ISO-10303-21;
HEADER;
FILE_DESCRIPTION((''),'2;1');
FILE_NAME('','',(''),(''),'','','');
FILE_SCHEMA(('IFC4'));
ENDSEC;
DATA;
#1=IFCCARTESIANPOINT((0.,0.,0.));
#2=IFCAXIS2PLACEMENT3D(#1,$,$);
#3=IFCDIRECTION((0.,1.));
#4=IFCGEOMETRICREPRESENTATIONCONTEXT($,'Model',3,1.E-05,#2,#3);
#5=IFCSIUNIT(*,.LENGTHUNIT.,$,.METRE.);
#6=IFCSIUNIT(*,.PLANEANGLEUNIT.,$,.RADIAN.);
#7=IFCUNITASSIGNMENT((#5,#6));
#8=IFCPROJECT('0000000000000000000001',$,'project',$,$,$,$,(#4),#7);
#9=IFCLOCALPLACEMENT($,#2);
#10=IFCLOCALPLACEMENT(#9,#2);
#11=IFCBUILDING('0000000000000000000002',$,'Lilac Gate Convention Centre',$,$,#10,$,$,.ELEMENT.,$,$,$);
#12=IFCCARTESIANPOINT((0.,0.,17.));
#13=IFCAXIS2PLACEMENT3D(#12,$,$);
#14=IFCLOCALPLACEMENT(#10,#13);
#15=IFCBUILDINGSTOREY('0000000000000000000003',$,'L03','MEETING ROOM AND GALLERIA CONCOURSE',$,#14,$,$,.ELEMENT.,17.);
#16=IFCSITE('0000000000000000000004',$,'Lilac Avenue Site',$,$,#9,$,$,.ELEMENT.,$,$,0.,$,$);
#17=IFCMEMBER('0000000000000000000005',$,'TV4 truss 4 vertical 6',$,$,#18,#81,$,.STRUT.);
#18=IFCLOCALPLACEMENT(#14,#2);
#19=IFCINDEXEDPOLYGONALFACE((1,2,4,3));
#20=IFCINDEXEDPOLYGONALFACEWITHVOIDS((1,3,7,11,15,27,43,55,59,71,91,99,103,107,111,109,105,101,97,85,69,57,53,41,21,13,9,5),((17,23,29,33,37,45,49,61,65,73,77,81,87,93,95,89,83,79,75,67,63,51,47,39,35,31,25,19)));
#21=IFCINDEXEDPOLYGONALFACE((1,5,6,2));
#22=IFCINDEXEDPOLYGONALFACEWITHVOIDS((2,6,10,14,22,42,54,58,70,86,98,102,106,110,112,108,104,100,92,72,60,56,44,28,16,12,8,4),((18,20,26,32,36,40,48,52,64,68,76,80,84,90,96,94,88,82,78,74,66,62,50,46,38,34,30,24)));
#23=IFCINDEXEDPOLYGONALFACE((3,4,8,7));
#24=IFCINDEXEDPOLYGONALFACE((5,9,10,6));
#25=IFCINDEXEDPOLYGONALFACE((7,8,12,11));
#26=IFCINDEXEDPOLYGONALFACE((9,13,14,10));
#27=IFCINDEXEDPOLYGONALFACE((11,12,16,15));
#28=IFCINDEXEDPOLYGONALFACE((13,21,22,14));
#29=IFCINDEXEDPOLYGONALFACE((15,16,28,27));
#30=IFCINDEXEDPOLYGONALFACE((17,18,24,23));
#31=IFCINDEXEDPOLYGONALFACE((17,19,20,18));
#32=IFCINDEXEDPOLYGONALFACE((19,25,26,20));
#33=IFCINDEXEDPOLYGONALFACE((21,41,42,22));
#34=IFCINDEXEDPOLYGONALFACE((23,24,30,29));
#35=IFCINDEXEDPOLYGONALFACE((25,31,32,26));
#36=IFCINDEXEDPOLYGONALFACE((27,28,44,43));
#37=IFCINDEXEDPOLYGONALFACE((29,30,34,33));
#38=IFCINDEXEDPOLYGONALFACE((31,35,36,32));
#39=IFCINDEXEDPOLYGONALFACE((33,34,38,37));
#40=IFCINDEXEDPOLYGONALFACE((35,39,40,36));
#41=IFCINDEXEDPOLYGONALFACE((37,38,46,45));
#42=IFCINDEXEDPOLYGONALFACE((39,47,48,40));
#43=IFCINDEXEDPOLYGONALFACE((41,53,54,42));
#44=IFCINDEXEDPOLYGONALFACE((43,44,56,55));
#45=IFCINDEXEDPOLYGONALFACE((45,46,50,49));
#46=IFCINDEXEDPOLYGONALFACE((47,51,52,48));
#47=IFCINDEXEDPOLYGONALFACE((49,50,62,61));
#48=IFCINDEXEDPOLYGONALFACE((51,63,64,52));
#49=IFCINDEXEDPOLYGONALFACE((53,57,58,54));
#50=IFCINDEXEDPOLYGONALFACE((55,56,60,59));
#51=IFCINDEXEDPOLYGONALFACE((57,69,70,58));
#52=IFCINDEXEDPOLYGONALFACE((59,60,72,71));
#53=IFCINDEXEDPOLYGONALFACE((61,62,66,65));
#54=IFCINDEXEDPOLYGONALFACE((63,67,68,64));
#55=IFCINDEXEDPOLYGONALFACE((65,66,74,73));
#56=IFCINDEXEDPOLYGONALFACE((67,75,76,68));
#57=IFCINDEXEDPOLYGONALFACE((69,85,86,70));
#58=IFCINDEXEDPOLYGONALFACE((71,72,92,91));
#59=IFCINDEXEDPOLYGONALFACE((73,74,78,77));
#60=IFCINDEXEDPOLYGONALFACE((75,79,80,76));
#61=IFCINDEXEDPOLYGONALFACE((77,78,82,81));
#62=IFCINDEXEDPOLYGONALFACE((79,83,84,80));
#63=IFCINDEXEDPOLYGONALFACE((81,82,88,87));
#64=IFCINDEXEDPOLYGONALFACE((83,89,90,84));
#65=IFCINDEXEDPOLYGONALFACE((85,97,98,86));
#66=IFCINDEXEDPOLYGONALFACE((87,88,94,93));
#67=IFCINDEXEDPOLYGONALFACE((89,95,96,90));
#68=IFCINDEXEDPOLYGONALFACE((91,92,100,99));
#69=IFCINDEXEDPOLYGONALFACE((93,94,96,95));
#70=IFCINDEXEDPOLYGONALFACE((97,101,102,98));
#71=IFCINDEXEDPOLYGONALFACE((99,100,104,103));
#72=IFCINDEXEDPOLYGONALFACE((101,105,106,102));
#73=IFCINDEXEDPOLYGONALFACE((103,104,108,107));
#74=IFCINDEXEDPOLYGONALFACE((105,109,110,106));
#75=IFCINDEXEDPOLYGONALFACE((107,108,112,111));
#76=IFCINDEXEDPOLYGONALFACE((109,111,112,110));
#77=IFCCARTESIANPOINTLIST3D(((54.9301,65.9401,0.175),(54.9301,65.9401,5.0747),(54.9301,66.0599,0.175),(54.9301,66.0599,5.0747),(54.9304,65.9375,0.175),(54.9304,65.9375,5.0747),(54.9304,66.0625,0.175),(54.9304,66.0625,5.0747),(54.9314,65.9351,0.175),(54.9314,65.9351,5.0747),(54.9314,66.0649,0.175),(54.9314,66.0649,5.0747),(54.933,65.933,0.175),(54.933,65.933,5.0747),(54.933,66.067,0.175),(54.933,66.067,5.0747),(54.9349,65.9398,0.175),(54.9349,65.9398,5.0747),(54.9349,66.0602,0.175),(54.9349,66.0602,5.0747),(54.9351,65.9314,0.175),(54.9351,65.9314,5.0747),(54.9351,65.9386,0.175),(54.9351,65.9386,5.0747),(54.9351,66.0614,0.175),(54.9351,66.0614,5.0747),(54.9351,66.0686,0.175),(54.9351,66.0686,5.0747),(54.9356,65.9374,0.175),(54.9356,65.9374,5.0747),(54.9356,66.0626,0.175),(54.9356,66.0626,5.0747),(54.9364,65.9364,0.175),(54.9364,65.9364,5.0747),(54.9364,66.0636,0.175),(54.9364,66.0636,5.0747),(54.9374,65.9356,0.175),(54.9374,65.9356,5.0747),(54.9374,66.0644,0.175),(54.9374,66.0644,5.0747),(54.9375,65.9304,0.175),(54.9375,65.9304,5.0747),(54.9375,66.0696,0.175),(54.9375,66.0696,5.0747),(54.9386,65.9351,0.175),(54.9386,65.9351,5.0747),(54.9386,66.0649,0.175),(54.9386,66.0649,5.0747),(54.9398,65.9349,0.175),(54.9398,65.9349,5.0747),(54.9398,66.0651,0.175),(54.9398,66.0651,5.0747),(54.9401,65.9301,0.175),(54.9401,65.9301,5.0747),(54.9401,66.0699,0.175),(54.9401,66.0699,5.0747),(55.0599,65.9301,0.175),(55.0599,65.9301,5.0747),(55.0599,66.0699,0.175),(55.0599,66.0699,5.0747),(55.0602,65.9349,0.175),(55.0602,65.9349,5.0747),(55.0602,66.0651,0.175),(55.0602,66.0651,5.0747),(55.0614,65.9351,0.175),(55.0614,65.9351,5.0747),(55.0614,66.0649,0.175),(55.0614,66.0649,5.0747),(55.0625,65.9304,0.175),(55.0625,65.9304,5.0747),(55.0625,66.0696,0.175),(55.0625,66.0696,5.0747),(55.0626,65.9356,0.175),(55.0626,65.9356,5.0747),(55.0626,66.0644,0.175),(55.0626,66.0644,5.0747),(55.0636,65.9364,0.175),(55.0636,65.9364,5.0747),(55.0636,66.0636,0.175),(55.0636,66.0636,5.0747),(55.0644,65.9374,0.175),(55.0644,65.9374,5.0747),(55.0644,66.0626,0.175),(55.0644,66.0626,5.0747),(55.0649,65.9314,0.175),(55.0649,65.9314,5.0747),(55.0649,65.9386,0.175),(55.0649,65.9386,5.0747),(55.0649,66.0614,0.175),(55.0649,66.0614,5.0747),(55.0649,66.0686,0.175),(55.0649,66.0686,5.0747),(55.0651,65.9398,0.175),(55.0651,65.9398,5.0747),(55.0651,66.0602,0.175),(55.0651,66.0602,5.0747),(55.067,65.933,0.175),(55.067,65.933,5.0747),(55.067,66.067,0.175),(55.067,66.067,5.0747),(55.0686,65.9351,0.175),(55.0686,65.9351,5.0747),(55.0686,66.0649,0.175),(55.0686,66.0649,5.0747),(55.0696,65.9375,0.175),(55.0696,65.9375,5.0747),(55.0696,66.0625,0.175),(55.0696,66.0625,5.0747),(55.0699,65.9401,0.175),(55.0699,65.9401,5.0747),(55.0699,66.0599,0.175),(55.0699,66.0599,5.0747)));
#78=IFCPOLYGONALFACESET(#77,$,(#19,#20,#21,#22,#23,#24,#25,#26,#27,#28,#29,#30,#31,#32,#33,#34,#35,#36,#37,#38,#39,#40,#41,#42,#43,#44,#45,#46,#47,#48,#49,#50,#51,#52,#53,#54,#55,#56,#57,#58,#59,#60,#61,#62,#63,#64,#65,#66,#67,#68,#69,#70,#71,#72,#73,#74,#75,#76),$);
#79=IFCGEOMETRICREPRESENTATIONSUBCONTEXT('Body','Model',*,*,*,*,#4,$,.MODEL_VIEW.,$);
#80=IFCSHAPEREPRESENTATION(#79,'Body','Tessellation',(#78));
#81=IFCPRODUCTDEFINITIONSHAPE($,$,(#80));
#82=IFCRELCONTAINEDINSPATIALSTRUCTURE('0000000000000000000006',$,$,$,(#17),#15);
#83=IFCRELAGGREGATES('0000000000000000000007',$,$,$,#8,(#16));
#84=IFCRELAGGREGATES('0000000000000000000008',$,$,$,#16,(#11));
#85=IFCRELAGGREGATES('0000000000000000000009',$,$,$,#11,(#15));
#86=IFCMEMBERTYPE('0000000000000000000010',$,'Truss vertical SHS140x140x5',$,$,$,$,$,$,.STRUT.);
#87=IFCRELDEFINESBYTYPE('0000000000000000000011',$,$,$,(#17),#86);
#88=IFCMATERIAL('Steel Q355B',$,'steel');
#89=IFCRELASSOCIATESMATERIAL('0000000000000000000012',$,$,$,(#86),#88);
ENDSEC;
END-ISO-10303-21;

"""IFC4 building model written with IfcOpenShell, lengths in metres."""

from ifc_helpers import new_model, si_unit, direction, frame, origin, origin_2d, place, context, subcontext, project, spatial, hollow_rectangle, extrude, material, material_profile, profile_set, type_object, element, save


model = new_model("IFC4")

# Units and contexts
model_context = context("Model", 3, precision=1e-05, world=origin(), true_north=direction((0.0, 1.0)))
body_context = subcontext(model_context, "Body", "Model", "MODEL_VIEW")
ifc_project = project(units=[si_unit("LENGTHUNIT", "METRE"), si_unit("PLANEANGLEUNIT", "RADIAN")], contexts=[model_context])

# Site, building, storey
site_placement = place(None, origin())
site = spatial("IfcSite", under=ifc_project, at=site_placement, Name="Lilac Avenue Site", CompositionType="ELEMENT", RefElevation=0.0)
building_placement = place(site_placement, origin())
building = spatial("IfcBuilding", under=site, at=building_placement, Name="Lilac Gate Convention Centre", CompositionType="ELEMENT")
storey_placement = place(building_placement, frame((0.0, 0.0, 17.0)))
storey = spatial("IfcBuildingStorey", under=building, at=storey_placement, Name="L03", Description="MEETING ROOM AND GALLERIA CONCOURSE", CompositionType="ELEMENT", Elevation=17.0)

# Member
ifc_material = material(Name="Steel Q355B", Category="steel")
ifc_material_profile_1 = material_profile(ifc_material, hollow_rectangle(XDim=0.1399, YDim=0.1399, WallThickness=0.0049, InnerFilletRadius=0.0049, OuterFilletRadius=0.01, at=origin_2d()), Name="SHS140x140x5")
ifc_profile_set_1 = profile_set([ifc_material_profile_1], Name="Steel Q355B")
member_type_1 = type_object("IfcMemberType", Name="Truss vertical SHS140x140x5", PredefinedType="STRUT", material=ifc_profile_set_1)
member_1_placement = place(storey_placement, frame((55.0, 66.0, 0.175), z_axis=(0.0, 0.0, 1.0), x_axis=(1.0, 0.0, 0.0)))
element("IfcMember", 1, at=member_1_placement, inside=storey, type_object=member_type_1, Name="TV4 truss 4 vertical 6", PredefinedType="STRUT", context=body_context, shape_type="SweptSolid", body=[
    extrude(hollow_rectangle(XDim=0.1399, YDim=0.1399, WallThickness=0.0049, InnerFilletRadius=0.0049, OuterFilletRadius=0.01, at=origin_2d()), origin(), (0.0, 0.0, 1.0), 4.8997),
])

save(model, "model.ifc")
